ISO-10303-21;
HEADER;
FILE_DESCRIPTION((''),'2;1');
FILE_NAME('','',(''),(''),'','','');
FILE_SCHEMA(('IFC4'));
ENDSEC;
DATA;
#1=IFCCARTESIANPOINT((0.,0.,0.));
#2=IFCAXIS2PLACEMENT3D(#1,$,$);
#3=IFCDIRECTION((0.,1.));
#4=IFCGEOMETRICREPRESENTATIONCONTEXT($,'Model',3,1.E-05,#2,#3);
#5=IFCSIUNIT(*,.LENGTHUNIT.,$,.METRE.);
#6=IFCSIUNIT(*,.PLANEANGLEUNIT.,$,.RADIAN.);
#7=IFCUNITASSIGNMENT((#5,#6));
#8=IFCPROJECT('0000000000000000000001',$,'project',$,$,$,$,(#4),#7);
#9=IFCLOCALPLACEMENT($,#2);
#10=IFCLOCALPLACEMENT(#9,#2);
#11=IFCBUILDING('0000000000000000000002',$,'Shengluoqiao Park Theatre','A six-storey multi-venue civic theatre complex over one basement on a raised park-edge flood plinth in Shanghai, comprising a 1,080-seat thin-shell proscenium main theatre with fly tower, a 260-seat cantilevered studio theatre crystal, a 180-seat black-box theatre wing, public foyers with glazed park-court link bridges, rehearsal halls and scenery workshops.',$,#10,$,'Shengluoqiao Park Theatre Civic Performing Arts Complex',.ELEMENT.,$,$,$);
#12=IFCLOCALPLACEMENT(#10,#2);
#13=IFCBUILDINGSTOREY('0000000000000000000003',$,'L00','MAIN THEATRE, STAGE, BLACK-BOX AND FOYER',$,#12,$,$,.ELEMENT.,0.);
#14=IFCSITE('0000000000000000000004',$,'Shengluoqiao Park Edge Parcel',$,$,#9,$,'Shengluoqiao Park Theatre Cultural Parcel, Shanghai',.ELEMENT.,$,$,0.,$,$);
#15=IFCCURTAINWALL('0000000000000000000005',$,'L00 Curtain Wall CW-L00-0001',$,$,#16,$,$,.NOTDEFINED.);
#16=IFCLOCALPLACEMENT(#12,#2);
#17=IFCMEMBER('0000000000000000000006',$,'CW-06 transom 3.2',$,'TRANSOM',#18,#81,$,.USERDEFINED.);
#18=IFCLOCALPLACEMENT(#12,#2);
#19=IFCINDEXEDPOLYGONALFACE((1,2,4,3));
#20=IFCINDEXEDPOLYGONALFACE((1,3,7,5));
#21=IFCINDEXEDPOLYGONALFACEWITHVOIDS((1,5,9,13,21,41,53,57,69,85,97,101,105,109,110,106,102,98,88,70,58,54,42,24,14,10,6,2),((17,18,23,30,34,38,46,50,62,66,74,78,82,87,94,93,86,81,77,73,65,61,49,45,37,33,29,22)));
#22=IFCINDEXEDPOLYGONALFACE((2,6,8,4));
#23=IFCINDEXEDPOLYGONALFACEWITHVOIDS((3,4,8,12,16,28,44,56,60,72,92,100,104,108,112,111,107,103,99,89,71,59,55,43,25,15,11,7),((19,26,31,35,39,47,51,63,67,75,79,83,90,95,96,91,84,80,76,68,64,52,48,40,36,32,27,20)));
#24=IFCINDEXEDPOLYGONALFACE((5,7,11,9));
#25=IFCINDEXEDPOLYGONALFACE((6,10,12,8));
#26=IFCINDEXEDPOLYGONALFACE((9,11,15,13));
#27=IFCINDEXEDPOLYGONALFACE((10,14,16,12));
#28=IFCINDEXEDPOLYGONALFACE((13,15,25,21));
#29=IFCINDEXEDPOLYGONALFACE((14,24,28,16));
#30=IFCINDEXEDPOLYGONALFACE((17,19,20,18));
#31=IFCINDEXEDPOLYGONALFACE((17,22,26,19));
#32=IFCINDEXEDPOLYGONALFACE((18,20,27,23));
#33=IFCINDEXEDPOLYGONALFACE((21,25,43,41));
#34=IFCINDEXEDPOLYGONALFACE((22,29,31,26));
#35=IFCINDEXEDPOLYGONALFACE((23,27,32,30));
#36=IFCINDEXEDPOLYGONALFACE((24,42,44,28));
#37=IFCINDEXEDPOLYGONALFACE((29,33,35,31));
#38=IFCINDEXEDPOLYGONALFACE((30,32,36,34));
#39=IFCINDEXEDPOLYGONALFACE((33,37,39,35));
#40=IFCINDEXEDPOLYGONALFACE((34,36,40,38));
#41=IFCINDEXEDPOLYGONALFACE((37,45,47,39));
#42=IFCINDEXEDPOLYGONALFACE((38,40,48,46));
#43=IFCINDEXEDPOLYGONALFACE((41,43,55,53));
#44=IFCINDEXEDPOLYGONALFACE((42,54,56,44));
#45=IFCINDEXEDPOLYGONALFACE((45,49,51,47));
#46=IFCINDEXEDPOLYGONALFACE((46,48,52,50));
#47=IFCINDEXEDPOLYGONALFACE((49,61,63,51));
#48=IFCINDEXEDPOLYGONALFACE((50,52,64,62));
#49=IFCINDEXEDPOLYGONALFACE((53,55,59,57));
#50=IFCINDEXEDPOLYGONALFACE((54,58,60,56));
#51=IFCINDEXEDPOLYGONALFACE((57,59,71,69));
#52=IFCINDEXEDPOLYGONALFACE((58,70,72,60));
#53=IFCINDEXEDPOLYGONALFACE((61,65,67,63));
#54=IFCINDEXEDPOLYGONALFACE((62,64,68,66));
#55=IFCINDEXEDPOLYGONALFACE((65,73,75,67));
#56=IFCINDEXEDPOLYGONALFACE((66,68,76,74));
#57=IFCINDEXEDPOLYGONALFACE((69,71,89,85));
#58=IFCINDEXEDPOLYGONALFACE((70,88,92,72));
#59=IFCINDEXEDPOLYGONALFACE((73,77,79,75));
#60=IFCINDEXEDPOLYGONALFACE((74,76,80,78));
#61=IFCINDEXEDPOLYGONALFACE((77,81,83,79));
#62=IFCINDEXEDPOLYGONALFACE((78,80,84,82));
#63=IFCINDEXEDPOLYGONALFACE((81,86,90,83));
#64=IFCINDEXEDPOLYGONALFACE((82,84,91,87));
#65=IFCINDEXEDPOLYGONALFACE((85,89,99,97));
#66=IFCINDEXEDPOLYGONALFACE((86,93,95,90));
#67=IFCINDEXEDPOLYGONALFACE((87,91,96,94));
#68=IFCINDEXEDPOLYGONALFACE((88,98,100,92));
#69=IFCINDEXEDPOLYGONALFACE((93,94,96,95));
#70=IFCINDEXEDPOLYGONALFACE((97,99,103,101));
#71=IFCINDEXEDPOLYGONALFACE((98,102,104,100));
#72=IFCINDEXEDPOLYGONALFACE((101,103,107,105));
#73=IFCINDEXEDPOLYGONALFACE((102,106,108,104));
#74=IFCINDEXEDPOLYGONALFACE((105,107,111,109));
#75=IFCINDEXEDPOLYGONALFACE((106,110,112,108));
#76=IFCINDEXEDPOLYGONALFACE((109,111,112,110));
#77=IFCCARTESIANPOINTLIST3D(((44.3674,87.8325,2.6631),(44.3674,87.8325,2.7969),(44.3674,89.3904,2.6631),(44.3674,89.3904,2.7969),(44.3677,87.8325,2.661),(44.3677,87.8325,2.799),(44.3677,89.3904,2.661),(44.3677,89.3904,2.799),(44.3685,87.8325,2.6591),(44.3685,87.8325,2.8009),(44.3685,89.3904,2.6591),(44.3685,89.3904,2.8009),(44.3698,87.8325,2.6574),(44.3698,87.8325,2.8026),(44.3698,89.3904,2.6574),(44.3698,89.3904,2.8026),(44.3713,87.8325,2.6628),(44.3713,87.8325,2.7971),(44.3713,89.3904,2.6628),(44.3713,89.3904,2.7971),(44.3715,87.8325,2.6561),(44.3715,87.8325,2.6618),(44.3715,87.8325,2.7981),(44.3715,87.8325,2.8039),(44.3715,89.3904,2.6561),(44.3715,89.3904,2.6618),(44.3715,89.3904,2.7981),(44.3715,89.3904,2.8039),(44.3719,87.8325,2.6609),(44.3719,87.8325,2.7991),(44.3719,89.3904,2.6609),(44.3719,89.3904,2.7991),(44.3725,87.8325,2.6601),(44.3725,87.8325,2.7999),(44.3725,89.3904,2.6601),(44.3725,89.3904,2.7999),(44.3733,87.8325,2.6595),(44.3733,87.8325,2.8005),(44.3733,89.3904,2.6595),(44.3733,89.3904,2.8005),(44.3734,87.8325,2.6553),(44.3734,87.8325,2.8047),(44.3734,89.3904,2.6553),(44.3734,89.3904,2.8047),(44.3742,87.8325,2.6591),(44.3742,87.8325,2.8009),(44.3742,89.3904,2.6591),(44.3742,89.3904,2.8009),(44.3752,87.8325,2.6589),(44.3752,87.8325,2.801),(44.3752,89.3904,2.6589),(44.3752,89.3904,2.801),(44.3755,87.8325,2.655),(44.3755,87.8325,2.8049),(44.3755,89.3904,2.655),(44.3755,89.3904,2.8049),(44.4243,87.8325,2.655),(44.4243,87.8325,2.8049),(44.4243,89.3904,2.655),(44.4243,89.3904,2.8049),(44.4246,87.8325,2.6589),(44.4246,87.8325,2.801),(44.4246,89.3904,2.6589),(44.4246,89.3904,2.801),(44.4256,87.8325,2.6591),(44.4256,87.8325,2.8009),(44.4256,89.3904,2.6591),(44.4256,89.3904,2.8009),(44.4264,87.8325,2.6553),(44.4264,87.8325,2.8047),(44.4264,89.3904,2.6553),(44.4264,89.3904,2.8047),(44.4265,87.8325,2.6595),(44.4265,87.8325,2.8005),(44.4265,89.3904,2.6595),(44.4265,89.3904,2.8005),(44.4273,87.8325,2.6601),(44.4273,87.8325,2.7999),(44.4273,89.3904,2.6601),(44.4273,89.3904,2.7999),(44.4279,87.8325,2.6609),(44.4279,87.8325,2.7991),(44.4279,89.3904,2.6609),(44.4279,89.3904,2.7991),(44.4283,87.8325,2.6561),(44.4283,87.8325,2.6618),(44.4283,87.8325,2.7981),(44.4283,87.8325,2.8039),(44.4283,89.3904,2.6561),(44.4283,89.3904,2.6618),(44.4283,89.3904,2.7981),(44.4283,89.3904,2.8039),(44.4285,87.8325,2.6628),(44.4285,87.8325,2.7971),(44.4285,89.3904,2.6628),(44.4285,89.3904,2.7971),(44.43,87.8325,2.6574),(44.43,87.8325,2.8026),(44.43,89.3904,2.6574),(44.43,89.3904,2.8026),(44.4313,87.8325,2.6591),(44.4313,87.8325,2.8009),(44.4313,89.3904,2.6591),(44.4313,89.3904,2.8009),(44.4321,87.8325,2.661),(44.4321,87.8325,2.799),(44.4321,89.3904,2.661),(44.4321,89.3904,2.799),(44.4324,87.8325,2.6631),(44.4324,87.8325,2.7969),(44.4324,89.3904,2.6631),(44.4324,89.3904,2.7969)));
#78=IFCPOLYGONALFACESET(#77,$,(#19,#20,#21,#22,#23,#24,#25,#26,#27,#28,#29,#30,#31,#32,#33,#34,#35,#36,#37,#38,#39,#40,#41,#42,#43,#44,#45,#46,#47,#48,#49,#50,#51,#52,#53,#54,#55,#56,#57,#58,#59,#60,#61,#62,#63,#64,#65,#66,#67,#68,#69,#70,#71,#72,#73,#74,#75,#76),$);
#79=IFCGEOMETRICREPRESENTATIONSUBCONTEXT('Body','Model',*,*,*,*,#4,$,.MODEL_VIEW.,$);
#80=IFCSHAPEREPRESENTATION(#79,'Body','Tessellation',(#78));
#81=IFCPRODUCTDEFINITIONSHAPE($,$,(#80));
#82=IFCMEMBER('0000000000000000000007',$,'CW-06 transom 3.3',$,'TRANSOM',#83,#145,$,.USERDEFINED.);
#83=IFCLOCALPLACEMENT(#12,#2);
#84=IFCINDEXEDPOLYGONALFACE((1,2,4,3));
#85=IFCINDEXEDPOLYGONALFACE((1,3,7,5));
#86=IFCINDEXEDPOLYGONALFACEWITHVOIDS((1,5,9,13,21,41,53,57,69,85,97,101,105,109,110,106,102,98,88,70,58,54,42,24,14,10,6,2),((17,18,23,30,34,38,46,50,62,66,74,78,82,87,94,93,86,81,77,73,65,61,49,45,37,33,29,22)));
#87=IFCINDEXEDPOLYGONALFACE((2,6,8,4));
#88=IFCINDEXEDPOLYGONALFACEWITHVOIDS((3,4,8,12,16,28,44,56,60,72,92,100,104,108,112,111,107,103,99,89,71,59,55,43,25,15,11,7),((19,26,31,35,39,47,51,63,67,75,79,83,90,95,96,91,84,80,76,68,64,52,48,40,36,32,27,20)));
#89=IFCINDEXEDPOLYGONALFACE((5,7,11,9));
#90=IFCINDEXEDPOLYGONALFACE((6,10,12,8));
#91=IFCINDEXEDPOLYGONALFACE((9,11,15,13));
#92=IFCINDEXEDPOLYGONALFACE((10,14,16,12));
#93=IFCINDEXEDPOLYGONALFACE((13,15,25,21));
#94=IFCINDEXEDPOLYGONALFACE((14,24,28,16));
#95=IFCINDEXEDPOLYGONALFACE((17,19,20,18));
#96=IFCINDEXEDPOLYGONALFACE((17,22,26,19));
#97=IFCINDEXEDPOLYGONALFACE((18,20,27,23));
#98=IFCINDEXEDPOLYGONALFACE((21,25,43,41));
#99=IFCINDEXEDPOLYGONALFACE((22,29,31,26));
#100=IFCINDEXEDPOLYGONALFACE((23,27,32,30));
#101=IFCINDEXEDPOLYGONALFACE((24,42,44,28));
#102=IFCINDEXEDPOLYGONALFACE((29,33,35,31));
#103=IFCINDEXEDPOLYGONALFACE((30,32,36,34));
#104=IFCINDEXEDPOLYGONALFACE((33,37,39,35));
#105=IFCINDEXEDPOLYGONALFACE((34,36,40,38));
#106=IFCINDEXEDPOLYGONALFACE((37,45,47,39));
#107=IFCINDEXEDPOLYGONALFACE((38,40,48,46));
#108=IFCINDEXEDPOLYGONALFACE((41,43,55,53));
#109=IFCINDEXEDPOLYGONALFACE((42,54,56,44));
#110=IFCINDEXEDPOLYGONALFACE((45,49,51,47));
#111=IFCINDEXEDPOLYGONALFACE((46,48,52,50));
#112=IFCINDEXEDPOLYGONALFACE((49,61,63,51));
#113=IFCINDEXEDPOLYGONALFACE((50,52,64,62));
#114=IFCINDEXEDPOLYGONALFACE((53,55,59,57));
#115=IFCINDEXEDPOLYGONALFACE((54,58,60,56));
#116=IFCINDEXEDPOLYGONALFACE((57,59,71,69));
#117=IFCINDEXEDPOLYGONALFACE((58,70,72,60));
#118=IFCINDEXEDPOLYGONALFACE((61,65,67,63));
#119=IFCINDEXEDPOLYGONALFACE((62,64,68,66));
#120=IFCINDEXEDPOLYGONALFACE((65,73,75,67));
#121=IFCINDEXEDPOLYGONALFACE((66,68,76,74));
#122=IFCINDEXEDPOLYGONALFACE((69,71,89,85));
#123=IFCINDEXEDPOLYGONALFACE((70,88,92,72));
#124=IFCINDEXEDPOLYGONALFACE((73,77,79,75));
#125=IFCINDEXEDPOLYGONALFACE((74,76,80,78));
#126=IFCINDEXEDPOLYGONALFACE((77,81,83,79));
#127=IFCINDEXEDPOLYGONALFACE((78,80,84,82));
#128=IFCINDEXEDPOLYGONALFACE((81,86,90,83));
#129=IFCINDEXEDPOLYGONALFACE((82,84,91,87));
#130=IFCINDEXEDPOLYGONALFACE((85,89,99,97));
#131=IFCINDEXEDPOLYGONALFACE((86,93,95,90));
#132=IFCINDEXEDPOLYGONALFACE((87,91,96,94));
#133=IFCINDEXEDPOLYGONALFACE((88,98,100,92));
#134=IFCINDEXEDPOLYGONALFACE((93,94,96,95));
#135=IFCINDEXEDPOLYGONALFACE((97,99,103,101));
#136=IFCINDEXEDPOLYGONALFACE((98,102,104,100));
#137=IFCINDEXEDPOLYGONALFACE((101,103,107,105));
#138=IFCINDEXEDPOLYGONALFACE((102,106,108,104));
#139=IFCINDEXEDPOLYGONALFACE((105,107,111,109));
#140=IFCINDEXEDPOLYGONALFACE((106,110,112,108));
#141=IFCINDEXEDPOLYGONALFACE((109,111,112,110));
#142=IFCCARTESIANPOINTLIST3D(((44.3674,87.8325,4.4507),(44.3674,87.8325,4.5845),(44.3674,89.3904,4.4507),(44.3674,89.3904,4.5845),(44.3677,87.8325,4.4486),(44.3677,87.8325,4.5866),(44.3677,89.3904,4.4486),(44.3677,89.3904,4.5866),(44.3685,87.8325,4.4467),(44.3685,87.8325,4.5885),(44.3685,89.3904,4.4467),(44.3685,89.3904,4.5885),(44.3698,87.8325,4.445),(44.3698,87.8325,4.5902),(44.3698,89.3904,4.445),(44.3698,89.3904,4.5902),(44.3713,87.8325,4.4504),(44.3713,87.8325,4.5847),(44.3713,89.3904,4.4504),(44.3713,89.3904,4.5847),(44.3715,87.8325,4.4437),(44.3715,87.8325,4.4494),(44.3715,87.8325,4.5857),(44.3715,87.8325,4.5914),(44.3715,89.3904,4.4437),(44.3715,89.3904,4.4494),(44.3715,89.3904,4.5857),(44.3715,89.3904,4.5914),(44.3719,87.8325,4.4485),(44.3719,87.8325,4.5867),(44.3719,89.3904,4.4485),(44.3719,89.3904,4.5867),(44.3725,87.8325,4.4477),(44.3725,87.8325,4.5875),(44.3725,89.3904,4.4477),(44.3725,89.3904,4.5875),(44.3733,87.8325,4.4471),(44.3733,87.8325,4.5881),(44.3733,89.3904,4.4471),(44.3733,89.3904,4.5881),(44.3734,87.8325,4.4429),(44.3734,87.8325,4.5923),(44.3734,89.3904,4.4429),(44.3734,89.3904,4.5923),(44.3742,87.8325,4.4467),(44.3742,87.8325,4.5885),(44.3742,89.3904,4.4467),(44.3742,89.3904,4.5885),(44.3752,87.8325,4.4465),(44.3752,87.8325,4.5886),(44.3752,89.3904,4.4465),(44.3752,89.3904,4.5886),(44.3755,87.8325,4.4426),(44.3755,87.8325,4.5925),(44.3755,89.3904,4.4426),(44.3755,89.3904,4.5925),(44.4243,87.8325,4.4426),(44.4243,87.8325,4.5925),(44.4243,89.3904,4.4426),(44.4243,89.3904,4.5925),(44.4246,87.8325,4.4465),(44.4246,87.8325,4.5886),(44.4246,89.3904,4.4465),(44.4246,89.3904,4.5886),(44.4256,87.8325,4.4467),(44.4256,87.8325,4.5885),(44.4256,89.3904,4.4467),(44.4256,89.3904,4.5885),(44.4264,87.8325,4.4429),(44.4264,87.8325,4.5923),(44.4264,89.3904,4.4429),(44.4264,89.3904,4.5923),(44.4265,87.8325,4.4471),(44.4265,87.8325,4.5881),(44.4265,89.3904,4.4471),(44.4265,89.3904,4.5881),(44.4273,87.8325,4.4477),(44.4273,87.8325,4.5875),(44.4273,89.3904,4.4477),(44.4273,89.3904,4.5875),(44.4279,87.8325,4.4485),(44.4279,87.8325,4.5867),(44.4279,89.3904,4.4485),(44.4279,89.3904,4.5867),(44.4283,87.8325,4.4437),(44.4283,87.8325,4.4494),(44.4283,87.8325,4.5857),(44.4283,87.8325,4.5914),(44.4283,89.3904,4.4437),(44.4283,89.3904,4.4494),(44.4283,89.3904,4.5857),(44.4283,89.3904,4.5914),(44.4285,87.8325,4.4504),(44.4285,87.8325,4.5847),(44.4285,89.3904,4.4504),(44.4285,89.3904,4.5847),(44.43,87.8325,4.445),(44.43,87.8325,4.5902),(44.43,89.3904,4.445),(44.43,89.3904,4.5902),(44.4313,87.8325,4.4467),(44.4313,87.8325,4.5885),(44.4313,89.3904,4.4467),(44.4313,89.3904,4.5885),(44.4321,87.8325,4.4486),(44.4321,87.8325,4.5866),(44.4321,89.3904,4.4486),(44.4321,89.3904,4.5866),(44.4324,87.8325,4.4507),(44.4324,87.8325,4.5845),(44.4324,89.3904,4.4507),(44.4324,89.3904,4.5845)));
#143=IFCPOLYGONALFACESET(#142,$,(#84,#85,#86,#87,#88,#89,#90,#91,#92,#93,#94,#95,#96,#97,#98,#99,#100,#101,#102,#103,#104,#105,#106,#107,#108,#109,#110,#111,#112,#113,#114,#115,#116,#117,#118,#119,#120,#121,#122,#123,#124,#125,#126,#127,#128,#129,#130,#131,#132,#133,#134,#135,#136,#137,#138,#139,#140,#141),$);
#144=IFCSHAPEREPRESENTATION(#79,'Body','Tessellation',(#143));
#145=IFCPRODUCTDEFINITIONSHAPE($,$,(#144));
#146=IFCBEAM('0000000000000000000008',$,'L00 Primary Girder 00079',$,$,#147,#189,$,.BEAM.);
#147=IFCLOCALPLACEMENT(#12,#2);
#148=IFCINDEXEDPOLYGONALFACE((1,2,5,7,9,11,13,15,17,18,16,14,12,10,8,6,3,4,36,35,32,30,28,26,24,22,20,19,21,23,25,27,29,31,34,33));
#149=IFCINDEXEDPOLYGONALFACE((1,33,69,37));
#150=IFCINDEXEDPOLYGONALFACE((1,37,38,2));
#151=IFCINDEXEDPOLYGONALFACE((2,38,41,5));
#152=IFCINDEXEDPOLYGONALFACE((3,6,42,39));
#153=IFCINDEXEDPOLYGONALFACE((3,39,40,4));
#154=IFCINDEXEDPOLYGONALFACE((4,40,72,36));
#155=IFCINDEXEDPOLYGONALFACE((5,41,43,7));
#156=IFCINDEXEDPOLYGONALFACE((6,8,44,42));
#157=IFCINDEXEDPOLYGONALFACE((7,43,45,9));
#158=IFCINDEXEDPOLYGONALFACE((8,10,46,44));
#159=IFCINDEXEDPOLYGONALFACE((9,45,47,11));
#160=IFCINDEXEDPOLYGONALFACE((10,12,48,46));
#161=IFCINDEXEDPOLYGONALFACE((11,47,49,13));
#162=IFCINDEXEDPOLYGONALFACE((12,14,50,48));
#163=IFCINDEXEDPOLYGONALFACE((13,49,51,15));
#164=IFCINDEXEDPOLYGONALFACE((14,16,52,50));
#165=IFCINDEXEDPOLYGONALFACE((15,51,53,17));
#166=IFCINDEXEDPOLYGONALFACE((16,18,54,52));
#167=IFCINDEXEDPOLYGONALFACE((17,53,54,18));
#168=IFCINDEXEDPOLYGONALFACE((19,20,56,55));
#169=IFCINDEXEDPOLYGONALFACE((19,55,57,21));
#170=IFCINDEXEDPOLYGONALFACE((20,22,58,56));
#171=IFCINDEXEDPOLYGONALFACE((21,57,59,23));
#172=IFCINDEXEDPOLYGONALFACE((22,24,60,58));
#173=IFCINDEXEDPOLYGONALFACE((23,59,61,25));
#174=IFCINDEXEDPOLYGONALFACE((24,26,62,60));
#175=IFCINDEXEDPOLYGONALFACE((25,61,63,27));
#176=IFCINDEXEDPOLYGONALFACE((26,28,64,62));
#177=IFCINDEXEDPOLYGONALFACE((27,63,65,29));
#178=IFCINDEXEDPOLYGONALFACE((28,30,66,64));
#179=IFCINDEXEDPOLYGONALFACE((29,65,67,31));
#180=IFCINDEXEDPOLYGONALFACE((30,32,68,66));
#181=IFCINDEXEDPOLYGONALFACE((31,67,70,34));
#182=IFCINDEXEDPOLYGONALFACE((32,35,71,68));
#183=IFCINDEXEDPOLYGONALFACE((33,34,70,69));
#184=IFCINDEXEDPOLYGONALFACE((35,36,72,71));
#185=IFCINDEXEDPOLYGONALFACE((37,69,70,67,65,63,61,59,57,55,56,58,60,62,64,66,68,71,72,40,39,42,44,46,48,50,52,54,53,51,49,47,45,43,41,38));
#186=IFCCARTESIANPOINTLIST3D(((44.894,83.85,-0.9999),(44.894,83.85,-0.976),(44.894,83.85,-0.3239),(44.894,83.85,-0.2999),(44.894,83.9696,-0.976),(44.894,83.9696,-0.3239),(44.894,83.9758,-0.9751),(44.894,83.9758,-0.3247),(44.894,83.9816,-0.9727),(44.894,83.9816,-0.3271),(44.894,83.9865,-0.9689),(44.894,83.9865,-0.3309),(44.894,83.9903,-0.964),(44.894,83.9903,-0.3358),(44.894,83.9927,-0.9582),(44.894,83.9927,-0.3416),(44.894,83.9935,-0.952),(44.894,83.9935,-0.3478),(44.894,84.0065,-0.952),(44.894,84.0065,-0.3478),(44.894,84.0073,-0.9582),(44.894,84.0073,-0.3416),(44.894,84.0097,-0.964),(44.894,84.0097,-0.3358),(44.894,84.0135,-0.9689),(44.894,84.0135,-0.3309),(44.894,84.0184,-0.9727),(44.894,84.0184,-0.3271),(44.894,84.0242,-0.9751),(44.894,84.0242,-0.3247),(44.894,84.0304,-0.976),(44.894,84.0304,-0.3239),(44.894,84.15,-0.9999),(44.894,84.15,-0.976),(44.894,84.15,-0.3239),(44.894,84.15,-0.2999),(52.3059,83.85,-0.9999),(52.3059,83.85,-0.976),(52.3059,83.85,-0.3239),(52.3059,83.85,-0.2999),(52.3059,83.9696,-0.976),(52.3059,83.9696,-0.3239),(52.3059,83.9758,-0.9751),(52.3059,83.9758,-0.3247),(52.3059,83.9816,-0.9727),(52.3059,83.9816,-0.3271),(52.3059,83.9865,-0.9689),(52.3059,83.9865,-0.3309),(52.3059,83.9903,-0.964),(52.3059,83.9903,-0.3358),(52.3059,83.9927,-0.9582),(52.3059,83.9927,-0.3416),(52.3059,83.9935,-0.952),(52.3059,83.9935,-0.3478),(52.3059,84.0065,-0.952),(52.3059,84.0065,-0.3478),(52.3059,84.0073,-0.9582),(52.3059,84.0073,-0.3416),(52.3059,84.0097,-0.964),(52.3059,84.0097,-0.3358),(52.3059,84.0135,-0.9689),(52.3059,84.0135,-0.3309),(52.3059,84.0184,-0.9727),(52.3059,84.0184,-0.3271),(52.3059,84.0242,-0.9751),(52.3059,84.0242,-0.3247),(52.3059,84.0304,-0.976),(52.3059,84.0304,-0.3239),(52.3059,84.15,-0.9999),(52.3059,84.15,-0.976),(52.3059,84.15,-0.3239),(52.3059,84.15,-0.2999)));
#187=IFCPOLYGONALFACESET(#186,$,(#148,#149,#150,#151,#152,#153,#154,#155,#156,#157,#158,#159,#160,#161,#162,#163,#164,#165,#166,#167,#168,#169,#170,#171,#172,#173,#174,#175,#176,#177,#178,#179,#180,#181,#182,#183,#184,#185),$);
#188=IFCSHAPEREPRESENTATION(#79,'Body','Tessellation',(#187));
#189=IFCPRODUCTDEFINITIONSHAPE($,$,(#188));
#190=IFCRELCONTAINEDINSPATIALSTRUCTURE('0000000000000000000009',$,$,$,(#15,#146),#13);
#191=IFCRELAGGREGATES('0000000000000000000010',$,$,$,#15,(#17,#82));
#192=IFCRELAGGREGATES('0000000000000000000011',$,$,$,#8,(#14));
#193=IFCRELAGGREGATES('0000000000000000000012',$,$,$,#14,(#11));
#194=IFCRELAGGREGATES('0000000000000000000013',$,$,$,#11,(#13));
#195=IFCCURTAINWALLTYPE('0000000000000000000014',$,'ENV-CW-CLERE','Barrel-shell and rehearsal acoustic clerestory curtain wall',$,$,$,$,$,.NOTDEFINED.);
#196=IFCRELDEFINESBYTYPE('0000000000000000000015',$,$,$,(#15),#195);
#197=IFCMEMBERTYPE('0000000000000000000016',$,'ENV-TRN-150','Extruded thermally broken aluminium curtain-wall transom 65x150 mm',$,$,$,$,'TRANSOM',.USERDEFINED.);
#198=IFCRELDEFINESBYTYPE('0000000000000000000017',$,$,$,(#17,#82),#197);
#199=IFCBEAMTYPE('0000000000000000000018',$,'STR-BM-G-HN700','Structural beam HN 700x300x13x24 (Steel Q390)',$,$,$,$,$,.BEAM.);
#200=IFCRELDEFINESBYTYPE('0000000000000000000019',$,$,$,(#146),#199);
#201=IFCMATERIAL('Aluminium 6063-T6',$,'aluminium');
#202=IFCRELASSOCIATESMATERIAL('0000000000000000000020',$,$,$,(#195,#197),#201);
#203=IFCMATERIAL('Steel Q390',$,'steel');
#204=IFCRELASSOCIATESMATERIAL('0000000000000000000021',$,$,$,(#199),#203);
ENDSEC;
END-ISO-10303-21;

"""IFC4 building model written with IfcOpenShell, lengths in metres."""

from ifc_helpers import new_model, si_unit, direction, frame, origin, origin_2d, place, context, subcontext, project, spatial, hollow_rectangle, i_section, extrude, material, material_profile, profile_set, type_object, element, aggregate, save


model = new_model("IFC4")

# Units and contexts
model_context = context("Model", 3, precision=1e-05, world=origin(), true_north=direction((0.0, 1.0)))
body_context = subcontext(model_context, "Body", "Model", "MODEL_VIEW")
ifc_project = project(units=[si_unit("LENGTHUNIT", "METRE"), si_unit("PLANEANGLEUNIT", "RADIAN")], contexts=[model_context])

# Site, building, storey
site_placement = place(None, origin())
site = spatial("IfcSite", under=ifc_project, at=site_placement, Name="Shengluoqiao Park Edge Parcel", LongName="Shengluoqiao Park Theatre Cultural Parcel, Shanghai", CompositionType="ELEMENT", RefElevation=0.0)
building_placement = place(site_placement, origin())
building = spatial("IfcBuilding", under=site, at=building_placement, Name="Shengluoqiao Park Theatre", Description="A six-storey multi-venue civic theatre complex over one basement on a raised park-edge flood plinth in Shanghai, comprising a 1,080-seat thin-shell proscenium main theatre with fly tower, a 260-seat cantilevered studio theatre crystal, a 180-seat black-box theatre wing, public foyers with glazed park-court link bridges, rehearsal halls and scenery workshops.", LongName="Shengluoqiao Park Theatre Civic Performing Arts Complex", CompositionType="ELEMENT")
storey_placement = place(building_placement, origin())
storey = spatial("IfcBuildingStorey", under=building, at=storey_placement, Name="L00", Description="MAIN THEATRE, STAGE, BLACK-BOX AND FOYER", CompositionType="ELEMENT", Elevation=0.0)

# Curtain wall, members
ifc_material_1 = material(Name="Aluminium 6063-T6", Category="aluminium")
curtain_wall_type = type_object("IfcCurtainWallType", Name="ENV-CW-CLERE", Description="Barrel-shell and rehearsal acoustic clerestory curtain wall", PredefinedType="NOTDEFINED", material=ifc_material_1)
curtain_wall_placement = place(storey_placement, origin())
curtain_wall = element("IfcCurtainWall", 1, at=curtain_wall_placement, inside=storey, type_object=curtain_wall_type, Name="L00 Curtain Wall CW-L00-0001", PredefinedType="NOTDEFINED")
ifc_material_profile_1 = material_profile(ifc_material_1, hollow_rectangle(XDim=0.0649, YDim=0.1499, WallThickness=0.0039, InnerFilletRadius=0.0039, OuterFilletRadius=0.0081, at=origin_2d()), Name="ALU TRANSOM 150x65x4")
ifc_profile_set_1 = profile_set([ifc_material_profile_1], Name="Aluminium 6063-T6")
member_type_1 = type_object("IfcMemberType", Name="ENV-TRN-150", Description="Extruded thermally broken aluminium curtain-wall transom 65x150 mm", ElementType="TRANSOM", PredefinedType="USERDEFINED", material=ifc_profile_set_1)
member_1_placement = place(storey_placement, frame((44.3999, 87.8325, 2.73), z_axis=(0.0, 1.0, 0.0), x_axis=(-1.0, 0.0, 0.0)))
member_1 = element("IfcMember", 2, at=member_1_placement, type_object=member_type_1, Name="CW-06 transom 3.2", ObjectType="TRANSOM", PredefinedType="USERDEFINED", context=body_context, shape_type="SweptSolid", body=[
    extrude(hollow_rectangle(XDim=0.0649, YDim=0.1499, WallThickness=0.0039, InnerFilletRadius=0.0039, OuterFilletRadius=0.0081, at=origin_2d()), origin(), (0.0, 0.0, 1.0), 1.5579),
])
member_2_placement = place(storey_placement, frame((44.3999, 87.8325, 4.5176), z_axis=(0.0, 1.0, 0.0), x_axis=(-1.0, 0.0, 0.0)))
member_2 = element("IfcMember", 3, at=member_2_placement, type_object=member_type_1, Name="CW-06 transom 3.3", ObjectType="TRANSOM", PredefinedType="USERDEFINED", context=body_context, shape_type="SweptSolid", body=[
    extrude(hollow_rectangle(XDim=0.0649, YDim=0.1499, WallThickness=0.0039, InnerFilletRadius=0.0039, OuterFilletRadius=0.0081, at=origin_2d()), origin(), (0.0, 0.0, 1.0), 1.5579),
])

# Beam
ifc_material_2 = material(Name="Steel Q390", Category="steel")
ifc_material_profile_2 = material_profile(ifc_material_2, i_section(OverallWidth=0.3, OverallDepth=0.7, WebThickness=0.0129, FlangeThickness=0.0239, FilletRadius=0.0239, at=origin_2d()), Name="HN 700x300x13x24")
ifc_profile_set_2 = profile_set([ifc_material_profile_2], Name="Steel Q390")
beam_type = type_object("IfcBeamType", Name="STR-BM-G-HN700", Description="Structural beam HN 700x300x13x24 (Steel Q390)", PredefinedType="BEAM", material=ifc_profile_set_2)
beam_placement = place(storey_placement, frame((44.894, 84.0, -0.6499), z_axis=(1.0, 0.0, 0.0), x_axis=(0.0, 1.0, 0.0)))
element("IfcBeam", 4, at=beam_placement, inside=storey, type_object=beam_type, Name="L00 Primary Girder 00079", PredefinedType="BEAM", context=body_context, shape_type="SweptSolid", body=[
    extrude(i_section(OverallWidth=0.3, OverallDepth=0.7, WebThickness=0.0129, FlangeThickness=0.0239, FilletRadius=0.0239, at=origin_2d()), origin(), (0.0, 0.0, 1.0), 7.4119),
])

aggregate(curtain_wall, [member_1, member_2])

save(model, "model.ifc")
